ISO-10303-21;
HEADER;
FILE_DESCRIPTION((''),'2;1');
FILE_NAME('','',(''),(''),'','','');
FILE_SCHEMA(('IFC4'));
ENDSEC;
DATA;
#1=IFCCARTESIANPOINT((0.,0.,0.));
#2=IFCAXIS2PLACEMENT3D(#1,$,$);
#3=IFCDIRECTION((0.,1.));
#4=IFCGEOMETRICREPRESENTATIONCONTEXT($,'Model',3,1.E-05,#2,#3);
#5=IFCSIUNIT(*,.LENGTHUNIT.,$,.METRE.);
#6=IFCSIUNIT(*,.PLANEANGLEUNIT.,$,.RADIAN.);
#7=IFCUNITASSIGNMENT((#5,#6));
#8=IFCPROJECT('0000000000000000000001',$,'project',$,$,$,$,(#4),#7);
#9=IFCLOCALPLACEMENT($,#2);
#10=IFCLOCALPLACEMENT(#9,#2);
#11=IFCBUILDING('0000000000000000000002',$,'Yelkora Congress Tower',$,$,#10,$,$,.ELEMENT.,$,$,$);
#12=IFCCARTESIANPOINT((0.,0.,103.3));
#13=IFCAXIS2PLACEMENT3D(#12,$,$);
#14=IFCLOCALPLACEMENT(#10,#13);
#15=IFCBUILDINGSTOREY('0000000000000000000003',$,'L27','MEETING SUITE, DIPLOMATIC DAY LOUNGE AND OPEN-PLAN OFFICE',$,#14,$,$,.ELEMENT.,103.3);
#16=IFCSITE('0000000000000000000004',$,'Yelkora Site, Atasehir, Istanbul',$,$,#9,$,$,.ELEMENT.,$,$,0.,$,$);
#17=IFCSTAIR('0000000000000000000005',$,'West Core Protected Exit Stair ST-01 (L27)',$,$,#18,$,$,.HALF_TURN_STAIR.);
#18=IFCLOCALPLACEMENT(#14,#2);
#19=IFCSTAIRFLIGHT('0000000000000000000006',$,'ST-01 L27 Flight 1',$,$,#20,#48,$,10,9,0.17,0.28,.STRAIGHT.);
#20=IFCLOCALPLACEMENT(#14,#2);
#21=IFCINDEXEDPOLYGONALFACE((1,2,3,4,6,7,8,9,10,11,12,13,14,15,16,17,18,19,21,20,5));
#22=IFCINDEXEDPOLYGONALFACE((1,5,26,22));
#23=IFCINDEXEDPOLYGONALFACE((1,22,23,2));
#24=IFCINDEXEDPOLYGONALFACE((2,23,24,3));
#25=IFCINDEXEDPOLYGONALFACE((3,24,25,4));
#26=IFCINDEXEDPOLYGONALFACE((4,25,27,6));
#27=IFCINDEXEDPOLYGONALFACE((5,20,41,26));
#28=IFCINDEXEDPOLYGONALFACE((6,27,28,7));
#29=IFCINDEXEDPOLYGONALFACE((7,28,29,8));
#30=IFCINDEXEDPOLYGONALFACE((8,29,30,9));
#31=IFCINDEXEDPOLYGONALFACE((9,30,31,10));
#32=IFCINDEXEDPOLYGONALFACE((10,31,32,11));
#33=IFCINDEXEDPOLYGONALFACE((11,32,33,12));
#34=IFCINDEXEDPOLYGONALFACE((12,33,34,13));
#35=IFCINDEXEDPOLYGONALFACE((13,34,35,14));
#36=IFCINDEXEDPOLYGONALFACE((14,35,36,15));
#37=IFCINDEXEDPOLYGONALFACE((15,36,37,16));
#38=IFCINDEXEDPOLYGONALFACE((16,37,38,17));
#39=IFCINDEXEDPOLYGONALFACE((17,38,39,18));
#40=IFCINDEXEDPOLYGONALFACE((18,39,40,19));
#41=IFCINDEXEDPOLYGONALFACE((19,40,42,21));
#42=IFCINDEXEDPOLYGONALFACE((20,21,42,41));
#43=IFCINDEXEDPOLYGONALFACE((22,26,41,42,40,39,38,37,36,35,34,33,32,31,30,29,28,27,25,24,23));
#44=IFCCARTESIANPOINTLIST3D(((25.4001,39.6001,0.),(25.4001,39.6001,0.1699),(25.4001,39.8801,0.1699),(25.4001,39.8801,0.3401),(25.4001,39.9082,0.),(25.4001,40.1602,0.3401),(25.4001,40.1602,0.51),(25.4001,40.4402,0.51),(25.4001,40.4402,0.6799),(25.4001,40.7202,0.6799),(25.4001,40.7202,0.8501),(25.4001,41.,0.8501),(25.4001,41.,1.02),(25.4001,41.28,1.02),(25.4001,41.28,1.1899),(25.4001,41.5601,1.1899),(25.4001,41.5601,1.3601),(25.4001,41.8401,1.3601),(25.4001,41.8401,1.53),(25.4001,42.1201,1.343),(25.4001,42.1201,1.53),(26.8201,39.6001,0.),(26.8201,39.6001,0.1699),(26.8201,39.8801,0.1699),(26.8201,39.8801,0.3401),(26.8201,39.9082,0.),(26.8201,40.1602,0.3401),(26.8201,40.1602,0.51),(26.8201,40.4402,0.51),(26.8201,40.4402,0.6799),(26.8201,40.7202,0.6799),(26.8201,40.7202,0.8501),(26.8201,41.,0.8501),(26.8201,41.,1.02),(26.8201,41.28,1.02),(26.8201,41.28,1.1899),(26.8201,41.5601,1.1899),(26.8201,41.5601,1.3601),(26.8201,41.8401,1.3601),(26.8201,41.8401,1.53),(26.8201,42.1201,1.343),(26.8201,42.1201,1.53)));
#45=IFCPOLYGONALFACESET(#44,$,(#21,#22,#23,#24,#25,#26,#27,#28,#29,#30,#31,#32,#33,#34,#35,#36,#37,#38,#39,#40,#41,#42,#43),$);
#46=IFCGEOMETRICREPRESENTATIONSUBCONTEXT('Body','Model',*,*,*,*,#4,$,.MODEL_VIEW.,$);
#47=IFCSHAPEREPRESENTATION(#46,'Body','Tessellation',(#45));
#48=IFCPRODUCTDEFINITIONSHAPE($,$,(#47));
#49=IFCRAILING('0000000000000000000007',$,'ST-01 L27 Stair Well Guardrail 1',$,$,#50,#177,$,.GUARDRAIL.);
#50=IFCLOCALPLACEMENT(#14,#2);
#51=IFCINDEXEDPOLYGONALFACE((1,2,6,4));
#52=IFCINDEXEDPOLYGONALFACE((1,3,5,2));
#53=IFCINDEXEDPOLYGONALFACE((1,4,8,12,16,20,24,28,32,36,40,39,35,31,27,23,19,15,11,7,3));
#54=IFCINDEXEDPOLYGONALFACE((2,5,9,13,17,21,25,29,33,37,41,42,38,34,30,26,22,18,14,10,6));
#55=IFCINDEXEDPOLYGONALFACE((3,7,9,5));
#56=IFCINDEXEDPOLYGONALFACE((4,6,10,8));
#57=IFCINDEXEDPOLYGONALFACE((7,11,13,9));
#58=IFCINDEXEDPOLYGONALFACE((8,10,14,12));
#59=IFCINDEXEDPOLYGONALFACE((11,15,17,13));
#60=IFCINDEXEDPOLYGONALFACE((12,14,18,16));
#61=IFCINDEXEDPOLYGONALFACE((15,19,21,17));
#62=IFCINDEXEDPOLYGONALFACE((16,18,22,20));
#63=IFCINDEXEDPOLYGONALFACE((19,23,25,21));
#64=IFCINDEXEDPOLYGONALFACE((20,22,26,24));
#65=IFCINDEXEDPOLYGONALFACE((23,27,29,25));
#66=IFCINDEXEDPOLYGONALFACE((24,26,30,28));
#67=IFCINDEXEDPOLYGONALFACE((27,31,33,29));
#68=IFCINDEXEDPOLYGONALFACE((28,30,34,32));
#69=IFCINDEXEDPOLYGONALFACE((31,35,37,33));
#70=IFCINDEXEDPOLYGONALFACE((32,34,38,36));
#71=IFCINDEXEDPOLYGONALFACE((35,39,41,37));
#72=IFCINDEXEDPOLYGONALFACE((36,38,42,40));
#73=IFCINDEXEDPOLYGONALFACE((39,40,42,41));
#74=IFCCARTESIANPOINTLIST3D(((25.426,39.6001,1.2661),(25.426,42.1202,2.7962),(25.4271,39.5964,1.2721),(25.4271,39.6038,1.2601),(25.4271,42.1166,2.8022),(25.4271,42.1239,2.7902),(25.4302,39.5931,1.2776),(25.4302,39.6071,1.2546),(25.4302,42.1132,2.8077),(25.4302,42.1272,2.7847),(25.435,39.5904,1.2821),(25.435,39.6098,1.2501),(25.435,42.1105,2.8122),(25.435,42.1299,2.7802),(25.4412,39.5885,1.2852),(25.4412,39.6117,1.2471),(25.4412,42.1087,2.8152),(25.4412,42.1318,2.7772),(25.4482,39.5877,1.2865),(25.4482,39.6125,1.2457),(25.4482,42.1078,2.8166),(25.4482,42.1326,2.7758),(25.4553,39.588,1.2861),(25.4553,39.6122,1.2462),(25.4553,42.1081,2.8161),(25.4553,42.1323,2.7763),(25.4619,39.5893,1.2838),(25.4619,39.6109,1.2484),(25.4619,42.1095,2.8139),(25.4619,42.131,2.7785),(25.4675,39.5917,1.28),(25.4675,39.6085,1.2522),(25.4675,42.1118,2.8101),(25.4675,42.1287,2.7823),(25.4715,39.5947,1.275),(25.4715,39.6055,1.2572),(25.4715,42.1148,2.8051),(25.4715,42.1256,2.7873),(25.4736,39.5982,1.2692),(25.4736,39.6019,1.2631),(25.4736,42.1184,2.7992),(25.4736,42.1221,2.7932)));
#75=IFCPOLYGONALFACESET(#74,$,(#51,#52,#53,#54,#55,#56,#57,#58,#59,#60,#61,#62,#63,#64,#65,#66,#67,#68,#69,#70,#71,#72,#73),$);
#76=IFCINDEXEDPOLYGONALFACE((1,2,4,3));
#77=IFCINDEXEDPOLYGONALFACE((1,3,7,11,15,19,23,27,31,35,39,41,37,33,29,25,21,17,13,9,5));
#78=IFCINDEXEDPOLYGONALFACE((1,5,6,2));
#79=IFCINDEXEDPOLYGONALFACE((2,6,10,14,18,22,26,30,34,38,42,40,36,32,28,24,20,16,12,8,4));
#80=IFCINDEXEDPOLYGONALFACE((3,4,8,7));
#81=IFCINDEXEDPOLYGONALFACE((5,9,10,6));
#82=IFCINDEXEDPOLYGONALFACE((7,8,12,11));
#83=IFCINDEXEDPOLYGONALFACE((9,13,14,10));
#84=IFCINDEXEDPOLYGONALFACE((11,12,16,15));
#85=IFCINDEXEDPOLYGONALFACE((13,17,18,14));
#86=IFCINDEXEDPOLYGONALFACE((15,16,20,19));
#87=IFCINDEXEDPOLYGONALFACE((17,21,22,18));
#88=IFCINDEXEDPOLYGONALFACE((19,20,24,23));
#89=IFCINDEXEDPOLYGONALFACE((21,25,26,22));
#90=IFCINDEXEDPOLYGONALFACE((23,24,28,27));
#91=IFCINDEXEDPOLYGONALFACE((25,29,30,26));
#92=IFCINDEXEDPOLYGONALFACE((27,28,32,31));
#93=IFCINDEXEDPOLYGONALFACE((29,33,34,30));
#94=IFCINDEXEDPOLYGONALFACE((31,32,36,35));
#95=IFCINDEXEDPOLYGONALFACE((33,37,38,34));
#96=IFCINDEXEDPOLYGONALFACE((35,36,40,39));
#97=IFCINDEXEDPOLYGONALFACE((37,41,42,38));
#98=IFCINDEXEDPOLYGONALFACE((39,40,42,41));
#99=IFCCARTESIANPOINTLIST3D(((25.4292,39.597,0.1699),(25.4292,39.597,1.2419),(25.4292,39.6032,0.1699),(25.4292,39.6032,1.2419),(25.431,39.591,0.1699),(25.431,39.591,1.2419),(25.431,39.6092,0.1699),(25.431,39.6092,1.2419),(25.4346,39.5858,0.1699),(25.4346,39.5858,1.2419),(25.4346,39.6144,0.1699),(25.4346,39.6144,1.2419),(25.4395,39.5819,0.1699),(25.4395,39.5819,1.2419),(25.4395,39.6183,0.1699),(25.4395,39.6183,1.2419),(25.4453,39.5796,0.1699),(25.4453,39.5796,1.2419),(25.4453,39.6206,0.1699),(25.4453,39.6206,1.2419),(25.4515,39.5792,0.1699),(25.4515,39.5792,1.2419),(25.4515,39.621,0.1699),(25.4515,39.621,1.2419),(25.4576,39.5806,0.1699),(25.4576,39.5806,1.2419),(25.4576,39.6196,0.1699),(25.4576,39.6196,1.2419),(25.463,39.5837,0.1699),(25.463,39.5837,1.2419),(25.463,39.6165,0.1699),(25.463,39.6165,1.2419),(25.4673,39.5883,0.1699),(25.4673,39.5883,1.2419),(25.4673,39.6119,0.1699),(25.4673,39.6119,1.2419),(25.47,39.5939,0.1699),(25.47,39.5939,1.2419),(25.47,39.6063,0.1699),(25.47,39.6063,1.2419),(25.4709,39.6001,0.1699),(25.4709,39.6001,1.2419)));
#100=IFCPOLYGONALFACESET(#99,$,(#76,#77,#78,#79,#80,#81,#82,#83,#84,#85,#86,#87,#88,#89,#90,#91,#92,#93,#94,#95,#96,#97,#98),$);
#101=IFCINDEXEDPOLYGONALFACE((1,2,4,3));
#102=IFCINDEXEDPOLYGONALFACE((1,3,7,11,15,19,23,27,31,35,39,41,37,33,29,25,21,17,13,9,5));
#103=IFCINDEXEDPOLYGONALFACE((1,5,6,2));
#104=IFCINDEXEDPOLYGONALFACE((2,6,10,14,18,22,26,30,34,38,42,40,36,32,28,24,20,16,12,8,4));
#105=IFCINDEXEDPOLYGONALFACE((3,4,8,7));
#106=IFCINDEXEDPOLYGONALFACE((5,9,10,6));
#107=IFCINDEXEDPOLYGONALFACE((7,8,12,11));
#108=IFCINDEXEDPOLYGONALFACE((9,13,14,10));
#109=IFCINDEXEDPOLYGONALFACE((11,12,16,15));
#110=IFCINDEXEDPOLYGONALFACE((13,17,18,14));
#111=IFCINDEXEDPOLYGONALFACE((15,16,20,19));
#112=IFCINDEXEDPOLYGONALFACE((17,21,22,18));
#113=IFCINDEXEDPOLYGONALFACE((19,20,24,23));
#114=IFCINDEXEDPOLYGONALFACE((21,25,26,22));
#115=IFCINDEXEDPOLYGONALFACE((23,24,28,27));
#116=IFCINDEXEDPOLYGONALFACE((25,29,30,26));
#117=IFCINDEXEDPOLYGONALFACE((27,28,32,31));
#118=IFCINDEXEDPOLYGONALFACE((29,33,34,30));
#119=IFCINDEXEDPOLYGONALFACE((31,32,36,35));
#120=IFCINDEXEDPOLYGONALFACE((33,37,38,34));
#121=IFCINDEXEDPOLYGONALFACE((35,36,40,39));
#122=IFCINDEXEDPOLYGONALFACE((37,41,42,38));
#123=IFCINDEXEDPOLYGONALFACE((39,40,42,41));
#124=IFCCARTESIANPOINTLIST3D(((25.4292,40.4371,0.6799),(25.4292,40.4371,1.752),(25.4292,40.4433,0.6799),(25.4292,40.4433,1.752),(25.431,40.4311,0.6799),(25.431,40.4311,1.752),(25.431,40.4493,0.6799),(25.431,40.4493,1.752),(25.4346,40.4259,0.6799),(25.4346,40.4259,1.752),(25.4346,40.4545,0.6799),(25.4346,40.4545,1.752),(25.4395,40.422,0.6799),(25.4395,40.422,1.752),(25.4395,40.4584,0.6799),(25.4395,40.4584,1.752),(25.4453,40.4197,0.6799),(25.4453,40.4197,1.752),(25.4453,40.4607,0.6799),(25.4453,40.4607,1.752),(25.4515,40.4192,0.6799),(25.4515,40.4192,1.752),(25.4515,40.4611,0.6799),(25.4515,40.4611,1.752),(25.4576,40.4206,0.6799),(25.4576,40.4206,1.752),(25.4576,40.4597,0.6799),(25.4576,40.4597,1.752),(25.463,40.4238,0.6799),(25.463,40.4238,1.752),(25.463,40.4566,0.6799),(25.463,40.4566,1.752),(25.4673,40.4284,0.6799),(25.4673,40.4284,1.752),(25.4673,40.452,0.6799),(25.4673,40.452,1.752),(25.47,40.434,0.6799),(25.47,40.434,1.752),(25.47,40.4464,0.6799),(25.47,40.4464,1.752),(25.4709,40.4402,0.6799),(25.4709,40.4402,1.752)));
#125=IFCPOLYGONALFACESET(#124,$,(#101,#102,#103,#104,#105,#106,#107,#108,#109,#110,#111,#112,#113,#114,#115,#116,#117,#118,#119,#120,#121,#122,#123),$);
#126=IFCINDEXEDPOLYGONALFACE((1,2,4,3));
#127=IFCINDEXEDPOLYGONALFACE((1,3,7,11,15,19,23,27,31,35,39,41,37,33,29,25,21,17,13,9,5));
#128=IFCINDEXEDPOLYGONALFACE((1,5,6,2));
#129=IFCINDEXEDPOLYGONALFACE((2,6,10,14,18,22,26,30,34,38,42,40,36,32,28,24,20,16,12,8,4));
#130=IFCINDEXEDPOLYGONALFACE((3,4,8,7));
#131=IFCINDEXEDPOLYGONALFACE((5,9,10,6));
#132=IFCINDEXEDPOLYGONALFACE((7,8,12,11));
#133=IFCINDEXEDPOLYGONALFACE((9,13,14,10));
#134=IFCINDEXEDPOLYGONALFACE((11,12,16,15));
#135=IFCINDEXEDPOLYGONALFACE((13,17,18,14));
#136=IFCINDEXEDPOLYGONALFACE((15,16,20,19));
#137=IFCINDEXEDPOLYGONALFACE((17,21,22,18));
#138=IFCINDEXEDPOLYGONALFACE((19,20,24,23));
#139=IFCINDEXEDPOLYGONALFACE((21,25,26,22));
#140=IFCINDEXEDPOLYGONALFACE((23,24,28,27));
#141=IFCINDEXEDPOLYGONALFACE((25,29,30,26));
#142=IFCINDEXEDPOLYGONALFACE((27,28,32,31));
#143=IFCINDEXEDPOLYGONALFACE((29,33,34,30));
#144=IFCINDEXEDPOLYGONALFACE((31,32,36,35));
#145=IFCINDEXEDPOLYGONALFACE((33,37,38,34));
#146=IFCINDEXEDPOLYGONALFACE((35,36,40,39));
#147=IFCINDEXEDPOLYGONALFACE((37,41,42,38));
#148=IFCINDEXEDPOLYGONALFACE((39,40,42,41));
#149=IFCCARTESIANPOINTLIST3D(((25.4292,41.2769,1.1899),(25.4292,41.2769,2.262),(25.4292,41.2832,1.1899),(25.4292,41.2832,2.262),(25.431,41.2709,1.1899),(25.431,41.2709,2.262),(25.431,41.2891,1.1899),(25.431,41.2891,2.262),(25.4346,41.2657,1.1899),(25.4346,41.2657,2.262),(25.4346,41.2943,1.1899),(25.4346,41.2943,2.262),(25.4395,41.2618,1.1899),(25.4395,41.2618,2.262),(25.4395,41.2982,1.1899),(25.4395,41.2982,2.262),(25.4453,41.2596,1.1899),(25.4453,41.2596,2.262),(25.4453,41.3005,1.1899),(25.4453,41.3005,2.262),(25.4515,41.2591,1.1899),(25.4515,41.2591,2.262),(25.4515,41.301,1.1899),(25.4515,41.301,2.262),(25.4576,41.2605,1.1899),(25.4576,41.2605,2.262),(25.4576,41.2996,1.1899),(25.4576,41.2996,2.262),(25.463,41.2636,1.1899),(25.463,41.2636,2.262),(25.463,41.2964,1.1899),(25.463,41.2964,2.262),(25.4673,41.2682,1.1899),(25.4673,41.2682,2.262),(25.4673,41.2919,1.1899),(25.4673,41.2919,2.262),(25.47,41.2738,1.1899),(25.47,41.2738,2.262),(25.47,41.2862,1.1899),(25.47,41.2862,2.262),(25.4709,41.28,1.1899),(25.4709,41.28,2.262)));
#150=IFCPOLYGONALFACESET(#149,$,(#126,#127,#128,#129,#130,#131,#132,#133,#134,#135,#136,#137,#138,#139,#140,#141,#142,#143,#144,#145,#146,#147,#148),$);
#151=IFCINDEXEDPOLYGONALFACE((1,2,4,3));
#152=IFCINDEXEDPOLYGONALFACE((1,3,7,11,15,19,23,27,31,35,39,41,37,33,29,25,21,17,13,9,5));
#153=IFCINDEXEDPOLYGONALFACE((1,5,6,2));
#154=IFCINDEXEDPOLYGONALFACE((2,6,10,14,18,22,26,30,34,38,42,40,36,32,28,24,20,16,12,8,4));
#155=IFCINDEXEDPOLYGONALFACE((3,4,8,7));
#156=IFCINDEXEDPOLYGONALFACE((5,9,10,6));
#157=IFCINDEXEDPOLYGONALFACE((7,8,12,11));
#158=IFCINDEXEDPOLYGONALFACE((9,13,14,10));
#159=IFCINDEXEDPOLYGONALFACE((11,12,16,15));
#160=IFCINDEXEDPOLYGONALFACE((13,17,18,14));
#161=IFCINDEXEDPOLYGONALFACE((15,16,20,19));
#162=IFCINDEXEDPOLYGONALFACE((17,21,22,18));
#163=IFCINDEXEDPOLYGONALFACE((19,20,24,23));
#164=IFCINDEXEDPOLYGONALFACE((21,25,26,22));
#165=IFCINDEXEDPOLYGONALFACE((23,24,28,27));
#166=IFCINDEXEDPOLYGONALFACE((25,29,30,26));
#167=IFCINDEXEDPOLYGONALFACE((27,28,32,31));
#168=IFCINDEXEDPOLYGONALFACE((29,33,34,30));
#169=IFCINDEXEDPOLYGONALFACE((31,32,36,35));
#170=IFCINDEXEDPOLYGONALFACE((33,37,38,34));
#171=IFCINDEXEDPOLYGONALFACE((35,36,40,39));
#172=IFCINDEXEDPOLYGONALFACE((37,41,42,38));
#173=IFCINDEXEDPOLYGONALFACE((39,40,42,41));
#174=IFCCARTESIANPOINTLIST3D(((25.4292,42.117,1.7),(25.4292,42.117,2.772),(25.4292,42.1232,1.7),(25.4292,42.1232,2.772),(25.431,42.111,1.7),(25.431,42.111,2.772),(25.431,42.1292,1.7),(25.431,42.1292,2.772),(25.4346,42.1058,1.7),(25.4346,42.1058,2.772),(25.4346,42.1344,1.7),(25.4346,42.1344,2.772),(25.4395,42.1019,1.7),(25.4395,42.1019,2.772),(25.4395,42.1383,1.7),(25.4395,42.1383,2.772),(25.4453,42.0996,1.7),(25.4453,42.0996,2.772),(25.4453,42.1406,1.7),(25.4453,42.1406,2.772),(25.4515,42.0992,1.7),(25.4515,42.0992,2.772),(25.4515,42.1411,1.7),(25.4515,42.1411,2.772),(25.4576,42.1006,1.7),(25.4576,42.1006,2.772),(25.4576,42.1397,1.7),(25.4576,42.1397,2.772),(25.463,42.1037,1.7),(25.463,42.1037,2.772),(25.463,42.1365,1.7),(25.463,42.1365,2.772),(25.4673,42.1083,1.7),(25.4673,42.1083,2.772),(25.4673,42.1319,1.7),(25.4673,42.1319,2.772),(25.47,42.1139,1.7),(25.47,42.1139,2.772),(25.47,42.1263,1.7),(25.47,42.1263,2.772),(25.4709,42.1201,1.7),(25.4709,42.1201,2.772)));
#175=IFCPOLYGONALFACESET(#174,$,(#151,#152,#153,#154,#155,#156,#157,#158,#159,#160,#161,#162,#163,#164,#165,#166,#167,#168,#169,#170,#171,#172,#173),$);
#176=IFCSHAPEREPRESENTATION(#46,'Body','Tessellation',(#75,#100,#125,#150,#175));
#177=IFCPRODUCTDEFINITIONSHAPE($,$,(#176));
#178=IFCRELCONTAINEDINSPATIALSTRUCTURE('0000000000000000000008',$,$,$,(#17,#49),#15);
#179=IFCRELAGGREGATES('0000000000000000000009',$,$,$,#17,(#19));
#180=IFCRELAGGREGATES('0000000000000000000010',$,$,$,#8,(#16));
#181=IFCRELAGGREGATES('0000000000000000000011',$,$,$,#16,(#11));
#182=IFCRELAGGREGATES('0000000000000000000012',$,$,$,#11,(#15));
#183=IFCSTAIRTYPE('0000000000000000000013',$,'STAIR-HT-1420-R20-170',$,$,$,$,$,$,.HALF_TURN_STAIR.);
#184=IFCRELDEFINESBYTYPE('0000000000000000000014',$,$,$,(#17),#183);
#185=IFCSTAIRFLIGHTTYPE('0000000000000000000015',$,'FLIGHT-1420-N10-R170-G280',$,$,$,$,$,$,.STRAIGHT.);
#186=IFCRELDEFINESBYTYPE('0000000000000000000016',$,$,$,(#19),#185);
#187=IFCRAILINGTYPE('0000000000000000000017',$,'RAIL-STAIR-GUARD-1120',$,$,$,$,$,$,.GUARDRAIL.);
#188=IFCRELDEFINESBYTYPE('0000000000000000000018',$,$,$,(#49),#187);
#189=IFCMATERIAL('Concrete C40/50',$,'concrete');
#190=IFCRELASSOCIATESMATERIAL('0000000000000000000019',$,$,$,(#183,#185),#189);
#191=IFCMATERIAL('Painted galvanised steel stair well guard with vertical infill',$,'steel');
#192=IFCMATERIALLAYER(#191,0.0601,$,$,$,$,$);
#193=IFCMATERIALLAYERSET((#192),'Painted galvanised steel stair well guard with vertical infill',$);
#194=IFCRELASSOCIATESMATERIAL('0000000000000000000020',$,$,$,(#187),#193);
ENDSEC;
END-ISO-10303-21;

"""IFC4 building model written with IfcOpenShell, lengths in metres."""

from ifc_helpers import new_model, si_unit, direction, frame, origin, origin_2d, place, context, subcontext, project, spatial, polyline, circle, outline, extrude, material, layer, layer_set, type_object, element, aggregate, save


model = new_model("IFC4")

# Units and contexts
model_context = context("Model", 3, precision=1e-05, world=origin(), true_north=direction((0.0, 1.0)))
body_context = subcontext(model_context, "Body", "Model", "MODEL_VIEW")
ifc_project = project(units=[si_unit("LENGTHUNIT", "METRE"), si_unit("PLANEANGLEUNIT", "RADIAN")], contexts=[model_context])

# Site, building, storey
site_placement = place(None, origin())
site = spatial("IfcSite", under=ifc_project, at=site_placement, Name="Yelkora Site, Atasehir, Istanbul", CompositionType="ELEMENT", RefElevation=0.0)
building_placement = place(site_placement, origin())
building = spatial("IfcBuilding", under=site, at=building_placement, Name="Yelkora Congress Tower", CompositionType="ELEMENT")
storey_placement = place(building_placement, frame((0.0, 0.0, 103.3)))
storey = spatial("IfcBuildingStorey", under=building, at=storey_placement, Name="L27", Description="MEETING SUITE, DIPLOMATIC DAY LOUNGE AND OPEN-PLAN OFFICE", CompositionType="ELEMENT", Elevation=103.3)

# Stair, stair flight
ifc_material_1 = material(Name="Concrete C40/50", Category="concrete")
stair_type = type_object("IfcStairType", Name="STAIR-HT-1420-R20-170", PredefinedType="HALF_TURN_STAIR", material=ifc_material_1)
stair_placement = place(storey_placement, origin())
stair = element("IfcStair", 1, at=stair_placement, inside=storey, type_object=stair_type, Name="West Core Protected Exit Stair ST-01 (L27)", PredefinedType="HALF_TURN_STAIR")
stair_flight_type = type_object("IfcStairFlightType", Name="FLIGHT-1420-N10-R170-G280", PredefinedType="STRAIGHT", material=ifc_material_1)
stair_flight_placement = place(storey_placement, frame((26.1101, 39.6001, 0.0), z_axis=(0.0, 0.0, 1.0), x_axis=(0.0, 1.0, 0.0)))
stair_flight = element("IfcStairFlight", 2, at=stair_flight_placement, type_object=stair_flight_type, Name="ST-01 L27 Flight 1", NumberOfRisers=10, NumberOfTreads=9, PredefinedType="STRAIGHT", RiserHeight=0.17, TreadLength=0.28, context=body_context, shape_type="SweptSolid", body=[
    extrude(outline(polyline([(0.0, 0.0), (0.0, 0.1699), (0.28, 0.1699), (0.28, 0.3401), (0.5601, 0.3401), (0.5601, 0.51), (0.8401, 0.51), (0.8401, 0.6799), (1.1201, 0.6799), (1.1201, 0.8501), (1.3999, 0.8501), (1.3999, 1.02), (1.6799, 1.02), (1.6799, 1.1899), (1.96, 1.1899), (1.96, 1.3601), (2.24, 1.3601), (2.24, 1.53), (2.52, 1.53), (2.52, 1.7), (2.52, 1.343), (0.3081, 0.0), (0.0, 0.0)])), frame((0.0, 0.71, 0.0), z_axis=(0.0, -1.0, 0.0), x_axis=(1.0, 0.0, 0.0)), (0.0, 0.0, 1.0), 1.4199),
])
aggregate(stair, [stair_flight])

# Railing
ifc_material_2 = material(Name="Painted galvanised steel stair well guard with vertical infill", Category="steel")
ifc_layer_1 = layer(ifc_material_2, 0.0601)
ifc_layer_set_1 = layer_set([ifc_layer_1], Name="Painted galvanised steel stair well guard with vertical infill")
railing_type_1 = type_object("IfcRailingType", Name="RAIL-STAIR-GUARD-1120", PredefinedType="GUARDRAIL", material=ifc_layer_set_1)
railing_1_placement = place(storey_placement, frame((25.45, 39.6001, 0.1699)))
element("IfcRailing", 3, at=railing_1_placement, inside=storey, type_object=railing_type_1, Name="ST-01 L27 Stair Well Guardrail 1", PredefinedType="GUARDRAIL", context=body_context, shape_type="SweptSolid", body=[
    extrude(circle(Radius=0.0239, at=origin_2d()), frame((0.0, 0.0, 1.0962), z_axis=(0.0, 0.854785, 0.518982), x_axis=(-1.0, 0.0, 0.0)), (0.0, 0.0, 1.0), 2.9482),
    extrude(circle(Radius=0.021, at=origin_2d()), origin(), (0.0, 0.0, 1.0), 1.072),
    extrude(circle(Radius=0.021, at=origin_2d()), frame((0.0, 0.8401, 0.51)), (0.0, 0.0, 1.0), 1.072),
    extrude(circle(Radius=0.021, at=origin_2d()), frame((0.0, 1.6799, 1.02)), (0.0, 0.0, 1.0), 1.072),
    extrude(circle(Radius=0.021, at=origin_2d()), frame((0.0, 2.52, 1.53)), (0.0, 0.0, 1.0), 1.072),
])

save(model, "model.ifc")
